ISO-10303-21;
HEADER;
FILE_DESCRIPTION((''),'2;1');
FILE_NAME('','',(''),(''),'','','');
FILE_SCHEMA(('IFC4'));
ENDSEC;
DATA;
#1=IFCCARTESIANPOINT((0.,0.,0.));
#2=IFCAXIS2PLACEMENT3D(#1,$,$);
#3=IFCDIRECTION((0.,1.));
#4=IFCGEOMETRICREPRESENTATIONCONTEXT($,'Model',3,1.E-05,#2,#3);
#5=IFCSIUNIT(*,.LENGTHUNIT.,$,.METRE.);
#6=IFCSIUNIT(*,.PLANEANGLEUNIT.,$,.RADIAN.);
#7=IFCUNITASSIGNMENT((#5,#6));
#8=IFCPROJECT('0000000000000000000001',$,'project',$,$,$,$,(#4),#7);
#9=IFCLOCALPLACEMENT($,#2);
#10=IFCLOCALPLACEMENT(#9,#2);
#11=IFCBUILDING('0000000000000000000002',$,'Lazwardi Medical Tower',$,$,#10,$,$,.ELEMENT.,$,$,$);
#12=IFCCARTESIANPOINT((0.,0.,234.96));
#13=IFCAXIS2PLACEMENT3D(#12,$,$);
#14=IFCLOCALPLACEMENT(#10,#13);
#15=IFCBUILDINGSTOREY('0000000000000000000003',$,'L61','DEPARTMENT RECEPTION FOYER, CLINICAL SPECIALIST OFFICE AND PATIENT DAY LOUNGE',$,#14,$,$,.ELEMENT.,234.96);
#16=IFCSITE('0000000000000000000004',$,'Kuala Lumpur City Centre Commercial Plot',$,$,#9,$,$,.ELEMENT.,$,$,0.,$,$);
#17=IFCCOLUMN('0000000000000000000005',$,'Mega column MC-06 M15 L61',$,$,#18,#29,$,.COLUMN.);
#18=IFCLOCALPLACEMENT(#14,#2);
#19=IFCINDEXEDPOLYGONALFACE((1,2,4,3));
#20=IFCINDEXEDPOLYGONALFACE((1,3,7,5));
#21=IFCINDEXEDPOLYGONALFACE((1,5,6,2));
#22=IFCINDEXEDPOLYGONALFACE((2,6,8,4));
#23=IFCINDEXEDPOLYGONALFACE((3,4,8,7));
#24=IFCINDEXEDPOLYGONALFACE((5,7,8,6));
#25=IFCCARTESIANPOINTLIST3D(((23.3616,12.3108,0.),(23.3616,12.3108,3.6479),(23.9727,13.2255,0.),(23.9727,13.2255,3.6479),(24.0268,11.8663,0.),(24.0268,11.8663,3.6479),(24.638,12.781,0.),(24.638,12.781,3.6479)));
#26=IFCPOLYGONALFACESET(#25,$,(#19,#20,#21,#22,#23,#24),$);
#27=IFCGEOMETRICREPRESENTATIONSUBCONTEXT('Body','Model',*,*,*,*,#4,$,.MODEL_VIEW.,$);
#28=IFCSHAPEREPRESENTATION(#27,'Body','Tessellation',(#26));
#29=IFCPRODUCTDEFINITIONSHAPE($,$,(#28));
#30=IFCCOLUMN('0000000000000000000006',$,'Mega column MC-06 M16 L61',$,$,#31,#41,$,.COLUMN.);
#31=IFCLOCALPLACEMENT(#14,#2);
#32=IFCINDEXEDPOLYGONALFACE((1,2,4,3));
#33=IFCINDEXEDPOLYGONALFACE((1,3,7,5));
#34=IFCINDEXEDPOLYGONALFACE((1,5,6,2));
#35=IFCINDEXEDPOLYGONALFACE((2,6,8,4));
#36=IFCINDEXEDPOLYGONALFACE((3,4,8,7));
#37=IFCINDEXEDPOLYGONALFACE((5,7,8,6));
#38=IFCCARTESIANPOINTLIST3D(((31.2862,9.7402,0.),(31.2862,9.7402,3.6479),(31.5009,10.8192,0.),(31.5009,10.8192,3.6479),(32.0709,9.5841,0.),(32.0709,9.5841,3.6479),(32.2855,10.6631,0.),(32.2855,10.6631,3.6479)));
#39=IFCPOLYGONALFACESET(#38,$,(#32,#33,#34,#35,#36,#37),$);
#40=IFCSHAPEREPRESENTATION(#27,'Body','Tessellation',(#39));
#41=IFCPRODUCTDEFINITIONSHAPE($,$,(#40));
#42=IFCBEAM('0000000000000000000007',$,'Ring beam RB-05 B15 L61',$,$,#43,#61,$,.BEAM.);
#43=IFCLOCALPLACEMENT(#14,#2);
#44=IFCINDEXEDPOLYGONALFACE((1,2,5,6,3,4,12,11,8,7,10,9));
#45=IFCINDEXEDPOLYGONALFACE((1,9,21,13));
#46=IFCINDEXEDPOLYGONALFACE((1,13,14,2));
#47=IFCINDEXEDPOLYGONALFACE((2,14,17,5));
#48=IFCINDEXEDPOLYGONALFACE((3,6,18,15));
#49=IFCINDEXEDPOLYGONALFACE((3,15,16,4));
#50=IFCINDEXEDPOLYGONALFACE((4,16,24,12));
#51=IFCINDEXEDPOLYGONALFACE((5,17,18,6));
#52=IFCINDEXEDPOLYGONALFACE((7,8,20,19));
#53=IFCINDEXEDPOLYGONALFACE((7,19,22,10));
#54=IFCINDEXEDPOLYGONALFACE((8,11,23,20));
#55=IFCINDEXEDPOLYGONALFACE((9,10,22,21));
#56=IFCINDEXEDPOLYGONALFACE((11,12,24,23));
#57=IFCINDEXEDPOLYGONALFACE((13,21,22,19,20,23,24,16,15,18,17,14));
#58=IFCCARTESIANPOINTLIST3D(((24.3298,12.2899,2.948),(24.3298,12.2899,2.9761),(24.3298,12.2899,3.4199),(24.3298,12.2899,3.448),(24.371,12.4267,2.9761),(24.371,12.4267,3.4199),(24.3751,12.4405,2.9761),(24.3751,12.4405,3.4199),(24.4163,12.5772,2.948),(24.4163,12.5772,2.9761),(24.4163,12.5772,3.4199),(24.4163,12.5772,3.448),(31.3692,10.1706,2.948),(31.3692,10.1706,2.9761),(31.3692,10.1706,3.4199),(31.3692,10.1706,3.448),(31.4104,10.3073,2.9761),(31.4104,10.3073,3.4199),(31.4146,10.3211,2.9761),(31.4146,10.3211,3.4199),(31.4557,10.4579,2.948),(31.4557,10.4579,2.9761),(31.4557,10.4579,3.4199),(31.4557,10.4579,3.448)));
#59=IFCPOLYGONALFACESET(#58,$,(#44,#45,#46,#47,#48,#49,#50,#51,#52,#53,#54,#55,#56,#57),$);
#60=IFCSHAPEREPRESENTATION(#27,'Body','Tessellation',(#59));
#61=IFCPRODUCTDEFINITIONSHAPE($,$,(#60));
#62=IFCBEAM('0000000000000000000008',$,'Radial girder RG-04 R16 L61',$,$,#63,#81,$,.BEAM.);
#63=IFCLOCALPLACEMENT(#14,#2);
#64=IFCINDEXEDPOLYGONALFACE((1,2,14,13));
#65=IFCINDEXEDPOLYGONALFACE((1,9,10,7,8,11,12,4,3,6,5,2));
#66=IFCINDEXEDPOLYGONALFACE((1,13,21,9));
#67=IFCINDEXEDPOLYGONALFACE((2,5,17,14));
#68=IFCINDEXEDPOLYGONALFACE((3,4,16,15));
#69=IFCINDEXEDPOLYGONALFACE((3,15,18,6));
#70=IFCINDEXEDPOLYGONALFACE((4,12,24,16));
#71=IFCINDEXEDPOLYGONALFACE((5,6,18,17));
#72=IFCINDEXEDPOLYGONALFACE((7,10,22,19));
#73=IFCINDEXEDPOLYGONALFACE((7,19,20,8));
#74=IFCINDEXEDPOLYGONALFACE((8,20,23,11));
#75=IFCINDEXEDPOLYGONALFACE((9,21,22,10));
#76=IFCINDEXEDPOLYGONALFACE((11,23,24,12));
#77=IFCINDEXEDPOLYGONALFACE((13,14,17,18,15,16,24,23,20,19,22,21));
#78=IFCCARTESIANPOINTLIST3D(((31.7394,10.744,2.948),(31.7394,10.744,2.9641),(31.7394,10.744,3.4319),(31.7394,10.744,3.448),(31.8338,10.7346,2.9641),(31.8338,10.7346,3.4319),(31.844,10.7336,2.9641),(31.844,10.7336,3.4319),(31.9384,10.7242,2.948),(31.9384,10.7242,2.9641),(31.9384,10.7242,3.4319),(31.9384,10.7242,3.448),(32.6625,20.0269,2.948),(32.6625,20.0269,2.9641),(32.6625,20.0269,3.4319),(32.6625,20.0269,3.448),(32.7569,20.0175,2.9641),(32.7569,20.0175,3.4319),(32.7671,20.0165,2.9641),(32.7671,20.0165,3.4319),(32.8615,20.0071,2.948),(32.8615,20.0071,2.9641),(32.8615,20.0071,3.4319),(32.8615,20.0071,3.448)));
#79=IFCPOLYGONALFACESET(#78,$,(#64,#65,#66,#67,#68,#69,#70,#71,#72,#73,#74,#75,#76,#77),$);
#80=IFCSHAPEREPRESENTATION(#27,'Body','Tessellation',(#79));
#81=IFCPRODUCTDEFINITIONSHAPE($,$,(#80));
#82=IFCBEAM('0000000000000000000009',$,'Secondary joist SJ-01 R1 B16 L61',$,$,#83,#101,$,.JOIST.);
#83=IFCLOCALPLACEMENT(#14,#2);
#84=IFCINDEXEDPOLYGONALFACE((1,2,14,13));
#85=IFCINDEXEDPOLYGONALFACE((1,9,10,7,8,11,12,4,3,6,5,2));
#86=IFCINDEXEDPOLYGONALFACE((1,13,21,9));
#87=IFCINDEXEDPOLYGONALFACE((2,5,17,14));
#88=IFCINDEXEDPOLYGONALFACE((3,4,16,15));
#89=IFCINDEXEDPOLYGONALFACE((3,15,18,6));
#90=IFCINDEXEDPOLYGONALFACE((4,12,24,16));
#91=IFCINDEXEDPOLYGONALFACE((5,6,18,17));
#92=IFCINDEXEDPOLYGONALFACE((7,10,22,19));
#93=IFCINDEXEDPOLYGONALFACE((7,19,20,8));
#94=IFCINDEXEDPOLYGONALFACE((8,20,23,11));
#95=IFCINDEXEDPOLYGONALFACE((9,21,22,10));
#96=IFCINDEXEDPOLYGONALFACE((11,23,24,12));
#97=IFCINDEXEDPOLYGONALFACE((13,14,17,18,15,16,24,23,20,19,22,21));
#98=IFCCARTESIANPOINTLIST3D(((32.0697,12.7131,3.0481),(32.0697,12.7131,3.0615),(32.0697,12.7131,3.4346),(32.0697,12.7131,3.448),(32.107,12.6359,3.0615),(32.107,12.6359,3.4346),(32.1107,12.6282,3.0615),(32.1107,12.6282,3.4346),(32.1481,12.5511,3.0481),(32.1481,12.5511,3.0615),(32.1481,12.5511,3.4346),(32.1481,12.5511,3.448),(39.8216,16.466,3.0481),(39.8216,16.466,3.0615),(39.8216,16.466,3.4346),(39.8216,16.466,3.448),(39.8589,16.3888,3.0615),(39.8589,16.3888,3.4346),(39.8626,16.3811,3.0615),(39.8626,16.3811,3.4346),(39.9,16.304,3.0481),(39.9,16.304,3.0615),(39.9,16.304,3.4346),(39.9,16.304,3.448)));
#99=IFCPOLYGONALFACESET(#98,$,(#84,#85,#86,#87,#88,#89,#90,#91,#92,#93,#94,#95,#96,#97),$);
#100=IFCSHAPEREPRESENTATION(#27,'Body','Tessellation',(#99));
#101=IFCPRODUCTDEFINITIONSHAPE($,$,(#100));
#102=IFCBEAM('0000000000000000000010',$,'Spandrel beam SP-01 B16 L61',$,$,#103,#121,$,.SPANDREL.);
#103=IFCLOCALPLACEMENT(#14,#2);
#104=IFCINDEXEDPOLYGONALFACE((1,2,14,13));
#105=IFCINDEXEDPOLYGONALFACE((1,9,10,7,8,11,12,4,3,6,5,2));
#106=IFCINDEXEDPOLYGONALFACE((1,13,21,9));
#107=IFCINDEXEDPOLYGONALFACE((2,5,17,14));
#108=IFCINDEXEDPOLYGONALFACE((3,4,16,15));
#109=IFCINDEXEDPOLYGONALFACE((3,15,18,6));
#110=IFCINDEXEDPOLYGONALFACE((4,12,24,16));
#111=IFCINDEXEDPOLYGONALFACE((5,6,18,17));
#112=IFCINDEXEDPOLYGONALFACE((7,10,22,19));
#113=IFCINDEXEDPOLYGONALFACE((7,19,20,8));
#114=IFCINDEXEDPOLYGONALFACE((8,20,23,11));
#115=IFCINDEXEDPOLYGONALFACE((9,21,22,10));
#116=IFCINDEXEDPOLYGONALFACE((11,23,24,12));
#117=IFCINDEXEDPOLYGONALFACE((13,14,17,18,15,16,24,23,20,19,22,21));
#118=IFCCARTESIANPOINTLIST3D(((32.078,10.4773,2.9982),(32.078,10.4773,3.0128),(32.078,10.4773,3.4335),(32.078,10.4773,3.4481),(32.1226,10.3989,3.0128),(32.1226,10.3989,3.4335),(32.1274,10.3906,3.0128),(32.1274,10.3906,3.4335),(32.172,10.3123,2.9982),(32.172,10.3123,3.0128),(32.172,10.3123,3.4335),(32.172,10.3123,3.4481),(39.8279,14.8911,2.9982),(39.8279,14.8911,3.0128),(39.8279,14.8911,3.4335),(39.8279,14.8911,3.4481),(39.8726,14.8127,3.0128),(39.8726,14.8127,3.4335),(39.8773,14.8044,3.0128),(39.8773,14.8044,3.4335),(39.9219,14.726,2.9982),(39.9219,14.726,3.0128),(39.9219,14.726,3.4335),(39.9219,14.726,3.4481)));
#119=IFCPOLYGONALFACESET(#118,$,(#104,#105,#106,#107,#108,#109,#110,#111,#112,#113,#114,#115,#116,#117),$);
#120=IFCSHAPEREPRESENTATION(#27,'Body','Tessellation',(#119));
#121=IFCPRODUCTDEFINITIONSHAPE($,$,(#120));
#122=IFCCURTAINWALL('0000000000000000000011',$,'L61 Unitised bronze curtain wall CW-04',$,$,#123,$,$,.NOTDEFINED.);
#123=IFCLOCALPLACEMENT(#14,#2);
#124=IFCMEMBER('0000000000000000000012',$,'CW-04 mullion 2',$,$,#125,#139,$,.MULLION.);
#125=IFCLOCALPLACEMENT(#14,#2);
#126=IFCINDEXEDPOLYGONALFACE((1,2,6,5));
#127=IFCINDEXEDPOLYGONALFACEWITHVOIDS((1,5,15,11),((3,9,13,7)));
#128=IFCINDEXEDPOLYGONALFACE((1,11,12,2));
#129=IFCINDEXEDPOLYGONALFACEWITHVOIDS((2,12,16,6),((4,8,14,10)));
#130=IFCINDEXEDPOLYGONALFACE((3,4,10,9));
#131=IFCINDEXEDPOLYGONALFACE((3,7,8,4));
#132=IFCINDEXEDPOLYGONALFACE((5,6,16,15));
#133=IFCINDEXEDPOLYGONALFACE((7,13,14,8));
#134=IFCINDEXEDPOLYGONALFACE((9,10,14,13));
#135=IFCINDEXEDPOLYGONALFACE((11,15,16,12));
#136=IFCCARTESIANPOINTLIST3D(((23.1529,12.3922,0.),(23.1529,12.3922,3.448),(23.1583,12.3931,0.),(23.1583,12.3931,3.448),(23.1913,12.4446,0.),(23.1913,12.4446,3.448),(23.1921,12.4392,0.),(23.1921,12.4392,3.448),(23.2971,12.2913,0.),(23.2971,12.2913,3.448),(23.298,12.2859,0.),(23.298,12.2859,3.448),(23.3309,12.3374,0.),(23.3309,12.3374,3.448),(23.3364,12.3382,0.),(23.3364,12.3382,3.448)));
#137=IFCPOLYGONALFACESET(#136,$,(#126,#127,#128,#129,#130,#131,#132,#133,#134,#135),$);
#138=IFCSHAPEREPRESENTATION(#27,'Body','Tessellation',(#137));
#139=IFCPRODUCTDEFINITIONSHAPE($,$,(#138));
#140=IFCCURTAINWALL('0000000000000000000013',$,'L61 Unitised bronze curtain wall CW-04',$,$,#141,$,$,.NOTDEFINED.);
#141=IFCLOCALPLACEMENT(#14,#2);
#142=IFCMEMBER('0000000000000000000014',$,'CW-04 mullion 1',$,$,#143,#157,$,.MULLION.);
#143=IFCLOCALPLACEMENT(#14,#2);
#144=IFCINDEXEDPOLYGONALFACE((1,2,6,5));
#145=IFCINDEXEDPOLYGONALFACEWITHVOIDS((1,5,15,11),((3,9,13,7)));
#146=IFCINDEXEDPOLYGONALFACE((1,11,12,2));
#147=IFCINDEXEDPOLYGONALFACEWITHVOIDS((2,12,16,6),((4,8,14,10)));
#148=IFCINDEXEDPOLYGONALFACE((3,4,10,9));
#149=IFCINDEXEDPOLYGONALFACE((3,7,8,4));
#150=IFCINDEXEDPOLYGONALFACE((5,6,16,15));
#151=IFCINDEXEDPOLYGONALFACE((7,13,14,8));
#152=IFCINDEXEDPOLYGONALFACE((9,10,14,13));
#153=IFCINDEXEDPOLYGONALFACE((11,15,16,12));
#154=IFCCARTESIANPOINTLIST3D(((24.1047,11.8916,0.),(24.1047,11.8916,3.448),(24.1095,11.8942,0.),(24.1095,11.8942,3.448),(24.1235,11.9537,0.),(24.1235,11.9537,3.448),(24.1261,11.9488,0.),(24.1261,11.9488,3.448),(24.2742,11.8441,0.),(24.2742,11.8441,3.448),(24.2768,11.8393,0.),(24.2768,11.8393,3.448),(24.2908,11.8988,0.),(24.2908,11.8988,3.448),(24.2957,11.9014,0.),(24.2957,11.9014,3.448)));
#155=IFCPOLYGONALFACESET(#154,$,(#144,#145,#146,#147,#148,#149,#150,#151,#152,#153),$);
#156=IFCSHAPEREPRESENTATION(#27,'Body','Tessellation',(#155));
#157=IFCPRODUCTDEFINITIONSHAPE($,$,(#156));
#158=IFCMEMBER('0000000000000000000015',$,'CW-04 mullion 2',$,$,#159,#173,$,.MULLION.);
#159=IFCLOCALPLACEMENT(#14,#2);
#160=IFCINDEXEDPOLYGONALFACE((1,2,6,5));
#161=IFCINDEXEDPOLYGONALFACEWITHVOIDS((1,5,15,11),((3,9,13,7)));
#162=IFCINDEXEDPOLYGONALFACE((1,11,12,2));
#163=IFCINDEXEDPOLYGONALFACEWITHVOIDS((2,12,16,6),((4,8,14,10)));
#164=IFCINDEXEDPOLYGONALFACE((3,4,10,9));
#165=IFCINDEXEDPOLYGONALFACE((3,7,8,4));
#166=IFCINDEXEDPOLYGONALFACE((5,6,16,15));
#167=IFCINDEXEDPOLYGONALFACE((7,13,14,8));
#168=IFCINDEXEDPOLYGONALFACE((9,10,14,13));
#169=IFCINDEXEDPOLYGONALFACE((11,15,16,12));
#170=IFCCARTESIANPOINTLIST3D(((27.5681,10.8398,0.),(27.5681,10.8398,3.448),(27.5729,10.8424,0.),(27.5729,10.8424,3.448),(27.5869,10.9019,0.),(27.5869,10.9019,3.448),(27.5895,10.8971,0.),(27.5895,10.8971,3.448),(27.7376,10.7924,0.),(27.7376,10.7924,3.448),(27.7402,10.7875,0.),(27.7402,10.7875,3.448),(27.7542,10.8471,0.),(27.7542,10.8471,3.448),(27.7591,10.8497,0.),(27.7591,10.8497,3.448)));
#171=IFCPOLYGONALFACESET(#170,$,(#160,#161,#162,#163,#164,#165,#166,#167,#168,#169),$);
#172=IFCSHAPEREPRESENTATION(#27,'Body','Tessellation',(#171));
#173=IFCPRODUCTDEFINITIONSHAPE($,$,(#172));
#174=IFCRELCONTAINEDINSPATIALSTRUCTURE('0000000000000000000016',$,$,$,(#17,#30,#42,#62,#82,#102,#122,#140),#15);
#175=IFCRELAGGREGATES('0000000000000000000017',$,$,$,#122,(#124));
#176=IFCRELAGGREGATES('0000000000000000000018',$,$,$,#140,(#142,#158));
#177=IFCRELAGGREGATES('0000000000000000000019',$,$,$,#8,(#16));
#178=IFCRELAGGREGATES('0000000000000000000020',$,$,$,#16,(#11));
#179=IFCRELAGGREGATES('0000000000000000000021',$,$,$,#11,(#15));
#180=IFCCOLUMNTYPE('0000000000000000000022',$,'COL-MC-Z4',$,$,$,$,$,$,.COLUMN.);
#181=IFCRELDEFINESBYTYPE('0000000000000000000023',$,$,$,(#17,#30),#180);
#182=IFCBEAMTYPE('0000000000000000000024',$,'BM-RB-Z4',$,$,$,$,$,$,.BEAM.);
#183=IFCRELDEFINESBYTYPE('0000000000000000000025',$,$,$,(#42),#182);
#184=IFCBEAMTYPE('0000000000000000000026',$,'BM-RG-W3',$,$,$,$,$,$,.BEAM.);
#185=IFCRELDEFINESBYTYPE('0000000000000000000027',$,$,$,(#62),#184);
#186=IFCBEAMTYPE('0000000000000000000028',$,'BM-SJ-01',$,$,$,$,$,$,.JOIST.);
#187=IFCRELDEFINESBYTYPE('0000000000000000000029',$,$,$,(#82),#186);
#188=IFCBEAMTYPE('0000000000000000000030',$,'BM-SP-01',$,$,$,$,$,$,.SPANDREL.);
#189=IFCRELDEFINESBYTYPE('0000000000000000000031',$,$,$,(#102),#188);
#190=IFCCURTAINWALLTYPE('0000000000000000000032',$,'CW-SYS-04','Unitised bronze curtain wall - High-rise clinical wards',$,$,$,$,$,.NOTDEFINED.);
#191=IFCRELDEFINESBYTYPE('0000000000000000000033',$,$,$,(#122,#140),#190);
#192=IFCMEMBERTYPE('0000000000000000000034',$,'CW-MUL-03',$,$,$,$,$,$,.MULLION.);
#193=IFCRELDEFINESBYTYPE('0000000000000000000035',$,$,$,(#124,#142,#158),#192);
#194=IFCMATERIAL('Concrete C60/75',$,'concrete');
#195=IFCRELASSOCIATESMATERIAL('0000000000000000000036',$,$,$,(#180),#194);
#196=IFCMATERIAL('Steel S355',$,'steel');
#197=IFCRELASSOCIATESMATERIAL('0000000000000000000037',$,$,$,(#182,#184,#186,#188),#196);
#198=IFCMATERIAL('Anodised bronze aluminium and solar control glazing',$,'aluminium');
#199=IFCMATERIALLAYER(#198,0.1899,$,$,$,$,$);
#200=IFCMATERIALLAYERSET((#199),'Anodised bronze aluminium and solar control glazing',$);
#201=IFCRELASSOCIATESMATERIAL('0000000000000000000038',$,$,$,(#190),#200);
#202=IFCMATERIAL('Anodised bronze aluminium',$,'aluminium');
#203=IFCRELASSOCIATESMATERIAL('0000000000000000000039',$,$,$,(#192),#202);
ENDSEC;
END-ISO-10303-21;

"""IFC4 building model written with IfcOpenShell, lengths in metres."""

from ifc_helpers import new_model, si_unit, direction, frame, origin, origin_2d, place, context, subcontext, project, spatial, rectangle, hollow_rectangle, i_section, extrude, material, layer, layer_set, material_profile, profile_set, type_object, element, aggregate, save


model = new_model("IFC4")

# Units and contexts
model_context = context("Model", 3, precision=1e-05, world=origin(), true_north=direction((0.0, 1.0)))
body_context = subcontext(model_context, "Body", "Model", "MODEL_VIEW")
ifc_project = project(units=[si_unit("LENGTHUNIT", "METRE"), si_unit("PLANEANGLEUNIT", "RADIAN")], contexts=[model_context])

# Site, building, storey
site_placement = place(None, origin())
site = spatial("IfcSite", under=ifc_project, at=site_placement, Name="Kuala Lumpur City Centre Commercial Plot", CompositionType="ELEMENT", RefElevation=0.0)
building_placement = place(site_placement, origin())
building = spatial("IfcBuilding", under=site, at=building_placement, Name="Lazwardi Medical Tower", CompositionType="ELEMENT")
storey_placement = place(building_placement, frame((0.0, 0.0, 234.96)))
storey = spatial("IfcBuildingStorey", under=building, at=storey_placement, Name="L61", Description="DEPARTMENT RECEPTION FOYER, CLINICAL SPECIALIST OFFICE AND PATIENT DAY LOUNGE", CompositionType="ELEMENT", Elevation=234.96)

# Columns
ifc_material_1 = material(Name="Concrete C60/75", Category="concrete")
ifc_material_profile_1 = material_profile(ifc_material_1, rectangle(XDim=1.1001, YDim=0.8, at=origin_2d()), Name="CFT-RECT 1100x800")
ifc_profile_set_1 = profile_set([ifc_material_profile_1], Name="Concrete C60/75")
column_type = type_object("IfcColumnType", Name="COL-MC-Z4", PredefinedType="COLUMN", material=ifc_profile_set_1)
for number, where, z_axis, x_axis, name in (
    (1, (23.9998, 12.5459, 0.0), (0.0, 0.0, 1.0), (-0.55557, -0.83147, 0.0), "Mega column MC-06 M15 L61"),
    (2, (31.7859, 10.2017, 0.0), (0.0, 0.0, 1.0), (-0.19509, -0.980785, 0.0), "Mega column MC-06 M16 L61"),
):
    element("IfcColumn", number, at=place(storey_placement, frame(where, z_axis=z_axis, x_axis=x_axis)), inside=storey, type_object=column_type, Name=name, PredefinedType="COLUMN", context=body_context, shape_type="SweptSolid", body=[
        extrude(rectangle(XDim=1.1001, YDim=0.8, at=origin_2d()), origin(), (0.0, 0.0, 1.0), 3.6479),
    ])

# Beams
ifc_material_2 = material(Name="Steel S355", Category="steel")
ifc_material_profile_2 = material_profile(ifc_material_2, i_section(OverallWidth=0.3, OverallDepth=0.5, WebThickness=0.0144, FlangeThickness=0.0281, at=origin_2d()), Name="HEB 500")
ifc_profile_set_2 = profile_set([ifc_material_profile_2], Name="Steel S355")
beam_type_1 = type_object("IfcBeamType", Name="BM-RB-Z4", PredefinedType="BEAM", material=ifc_profile_set_2)
beam_1_placement = place(storey_placement, frame((24.373, 12.4336, 3.198), z_axis=(0.957544, -0.288286, 0.0), x_axis=(0.288286, 0.957544, 0.0)))
element("IfcBeam", 3, at=beam_1_placement, inside=storey, type_object=beam_type_1, Name="Ring beam RB-05 B15 L61", PredefinedType="BEAM", context=body_context, shape_type="SweptSolid", body=[
    extrude(i_section(OverallWidth=0.3, OverallDepth=0.5, WebThickness=0.0144, FlangeThickness=0.0281, at=origin_2d()), origin(), (0.0, 0.0, 1.0), 7.3516),
])
ifc_material_profile_3 = material_profile(ifc_material_2, i_section(OverallWidth=0.2, OverallDepth=0.5, WebThickness=0.0103, FlangeThickness=0.0161, at=origin_2d()), Name="IPE 500")
ifc_profile_set_3 = profile_set([ifc_material_profile_3], Name="Steel S355")
beam_type_2 = type_object("IfcBeamType", Name="BM-RG-W3", PredefinedType="BEAM", material=ifc_profile_set_3)
beam_2_placement = place(storey_placement, frame((31.8389, 10.7341, 3.198), z_axis=(0.098954, 0.995092, 0.0), x_axis=(-0.995092, 0.098954, 0.0)))
element("IfcBeam", 4, at=beam_2_placement, inside=storey, type_object=beam_type_2, Name="Radial girder RG-04 R16 L61", PredefinedType="BEAM", context=body_context, shape_type="SweptSolid", body=[
    extrude(i_section(OverallWidth=0.2, OverallDepth=0.5, WebThickness=0.0103, FlangeThickness=0.0161, at=origin_2d()), origin(), (0.0, 0.0, 1.0), 9.3286),
])
ifc_material_profile_4 = material_profile(ifc_material_2, i_section(OverallWidth=0.1799, OverallDepth=0.3999, WebThickness=0.0085, FlangeThickness=0.0134, at=origin_2d()), Name="IPE 400")
ifc_profile_set_4 = profile_set([ifc_material_profile_4], Name="Steel S355")
beam_type_3 = type_object("IfcBeamType", Name="BM-SJ-01", PredefinedType="JOIST", material=ifc_profile_set_4)
beam_3_placement = place(storey_placement, frame((32.1089, 12.6321, 3.248), z_axis=(0.900069, 0.435748, 0.0), x_axis=(-0.435748, 0.900069, 0.0)))
element("IfcBeam", 5, at=beam_3_placement, inside=storey, type_object=beam_type_3, Name="Secondary joist SJ-01 R1 B16 L61", PredefinedType="JOIST", context=body_context, shape_type="SweptSolid", body=[
    extrude(i_section(OverallWidth=0.1799, OverallDepth=0.3999, WebThickness=0.0085, FlangeThickness=0.0134, at=origin_2d()), origin(), (0.0, 0.0, 1.0), 8.6125),
])
ifc_material_profile_5 = material_profile(ifc_material_2, i_section(OverallWidth=0.1899, OverallDepth=0.45, WebThickness=0.0095, FlangeThickness=0.0146, at=origin_2d()), Name="IPE 450")
ifc_profile_set_5 = profile_set([ifc_material_profile_5], Name="Steel S355")
beam_type_4 = type_object("IfcBeamType", Name="BM-SP-01", PredefinedType="SPANDREL", material=ifc_profile_set_5)
beam_4_placement = place(storey_placement, frame((32.125, 10.3948, 3.2231), z_axis=(0.868955, 0.494891, 0.0), x_axis=(-0.494891, 0.868955, 0.0)))
element("IfcBeam", 6, at=beam_4_placement, inside=storey, type_object=beam_type_4, Name="Spandrel beam SP-01 B16 L61", PredefinedType="SPANDREL", context=body_context, shape_type="SweptSolid", body=[
    extrude(i_section(OverallWidth=0.1899, OverallDepth=0.45, WebThickness=0.0095, FlangeThickness=0.0146, at=origin_2d()), origin(), (0.0, 0.0, 1.0), 8.9187),
])

# Curtain wall, member
ifc_material_3 = material(Name="Anodised bronze aluminium and solar control glazing", Category="aluminium")
ifc_layer_1 = layer(ifc_material_3, 0.1899)
ifc_layer_set_1 = layer_set([ifc_layer_1], Name="Anodised bronze aluminium and solar control glazing")
curtain_wall_type = type_object("IfcCurtainWallType", Name="CW-SYS-04", Description="Unitised bronze curtain wall - High-rise clinical wards", PredefinedType="NOTDEFINED", material=ifc_layer_set_1)
curtain_wall_1_placement = place(storey_placement, origin())
curtain_wall_1 = element("IfcCurtainWall", 7, at=curtain_wall_1_placement, inside=storey, type_object=curtain_wall_type, Name="L61 Unitised bronze curtain wall CW-04", PredefinedType="NOTDEFINED")
ifc_material_4 = material(Name="Anodised bronze aluminium", Category="aluminium")
ifc_material_profile_6 = material_profile(ifc_material_4, hollow_rectangle(XDim=0.0649, YDim=0.1799, WallThickness=0.0039, at=origin_2d()), Name="ALU-MULLION 180x65x4")
ifc_profile_set_6 = profile_set([ifc_material_profile_6], Name="Anodised bronze aluminium")
member_type_1 = type_object("IfcMemberType", Name="CW-MUL-03", PredefinedType="MULLION", material=ifc_profile_set_6)
member_1_placement = place(storey_placement, frame((23.2446, 12.3652, 0.0), z_axis=(0.0, 0.0, 1.0), x_axis=(0.591268, 0.806475, 0.0)))
member_1 = element("IfcMember", 8, at=member_1_placement, type_object=member_type_1, Name="CW-04 mullion 2", PredefinedType="MULLION", context=body_context, shape_type="SweptSolid", body=[
    extrude(hollow_rectangle(XDim=0.0649, YDim=0.1799, WallThickness=0.0039, at=origin_2d()), origin(), (0.0, 0.0, 1.0), 3.448),
])
aggregate(curtain_wall_1, [member_1])

# Curtain wall, members
curtain_wall_2_placement = place(storey_placement, origin())
curtain_wall_2 = element("IfcCurtainWall", 9, at=curtain_wall_2_placement, inside=storey, type_object=curtain_wall_type, Name="L61 Unitised bronze curtain wall CW-04", PredefinedType="NOTDEFINED")
member_2_placement = place(storey_placement, frame((24.2002, 11.8965, 0.0), z_axis=(0.0, 0.0, 1.0), x_axis=(0.290582, 0.95685, 0.0)))
member_2 = element("IfcMember", 10, at=member_2_placement, type_object=member_type_1, Name="CW-04 mullion 1", PredefinedType="MULLION", context=body_context, shape_type="SweptSolid", body=[
    extrude(hollow_rectangle(XDim=0.0649, YDim=0.1799, WallThickness=0.0039, at=origin_2d()), origin(), (0.0, 0.0, 1.0), 3.448),
])
member_3_placement = place(storey_placement, frame((27.6636, 10.8447, 0.0), z_axis=(0.0, 0.0, 1.0), x_axis=(0.290582, 0.95685, 0.0)))
member_3 = element("IfcMember", 11, at=member_3_placement, type_object=member_type_1, Name="CW-04 mullion 2", PredefinedType="MULLION", context=body_context, shape_type="SweptSolid", body=[
    extrude(hollow_rectangle(XDim=0.0649, YDim=0.1799, WallThickness=0.0039, at=origin_2d()), origin(), (0.0, 0.0, 1.0), 3.448),
])
aggregate(curtain_wall_2, [member_2, member_3])

save(model, "model.ifc")
